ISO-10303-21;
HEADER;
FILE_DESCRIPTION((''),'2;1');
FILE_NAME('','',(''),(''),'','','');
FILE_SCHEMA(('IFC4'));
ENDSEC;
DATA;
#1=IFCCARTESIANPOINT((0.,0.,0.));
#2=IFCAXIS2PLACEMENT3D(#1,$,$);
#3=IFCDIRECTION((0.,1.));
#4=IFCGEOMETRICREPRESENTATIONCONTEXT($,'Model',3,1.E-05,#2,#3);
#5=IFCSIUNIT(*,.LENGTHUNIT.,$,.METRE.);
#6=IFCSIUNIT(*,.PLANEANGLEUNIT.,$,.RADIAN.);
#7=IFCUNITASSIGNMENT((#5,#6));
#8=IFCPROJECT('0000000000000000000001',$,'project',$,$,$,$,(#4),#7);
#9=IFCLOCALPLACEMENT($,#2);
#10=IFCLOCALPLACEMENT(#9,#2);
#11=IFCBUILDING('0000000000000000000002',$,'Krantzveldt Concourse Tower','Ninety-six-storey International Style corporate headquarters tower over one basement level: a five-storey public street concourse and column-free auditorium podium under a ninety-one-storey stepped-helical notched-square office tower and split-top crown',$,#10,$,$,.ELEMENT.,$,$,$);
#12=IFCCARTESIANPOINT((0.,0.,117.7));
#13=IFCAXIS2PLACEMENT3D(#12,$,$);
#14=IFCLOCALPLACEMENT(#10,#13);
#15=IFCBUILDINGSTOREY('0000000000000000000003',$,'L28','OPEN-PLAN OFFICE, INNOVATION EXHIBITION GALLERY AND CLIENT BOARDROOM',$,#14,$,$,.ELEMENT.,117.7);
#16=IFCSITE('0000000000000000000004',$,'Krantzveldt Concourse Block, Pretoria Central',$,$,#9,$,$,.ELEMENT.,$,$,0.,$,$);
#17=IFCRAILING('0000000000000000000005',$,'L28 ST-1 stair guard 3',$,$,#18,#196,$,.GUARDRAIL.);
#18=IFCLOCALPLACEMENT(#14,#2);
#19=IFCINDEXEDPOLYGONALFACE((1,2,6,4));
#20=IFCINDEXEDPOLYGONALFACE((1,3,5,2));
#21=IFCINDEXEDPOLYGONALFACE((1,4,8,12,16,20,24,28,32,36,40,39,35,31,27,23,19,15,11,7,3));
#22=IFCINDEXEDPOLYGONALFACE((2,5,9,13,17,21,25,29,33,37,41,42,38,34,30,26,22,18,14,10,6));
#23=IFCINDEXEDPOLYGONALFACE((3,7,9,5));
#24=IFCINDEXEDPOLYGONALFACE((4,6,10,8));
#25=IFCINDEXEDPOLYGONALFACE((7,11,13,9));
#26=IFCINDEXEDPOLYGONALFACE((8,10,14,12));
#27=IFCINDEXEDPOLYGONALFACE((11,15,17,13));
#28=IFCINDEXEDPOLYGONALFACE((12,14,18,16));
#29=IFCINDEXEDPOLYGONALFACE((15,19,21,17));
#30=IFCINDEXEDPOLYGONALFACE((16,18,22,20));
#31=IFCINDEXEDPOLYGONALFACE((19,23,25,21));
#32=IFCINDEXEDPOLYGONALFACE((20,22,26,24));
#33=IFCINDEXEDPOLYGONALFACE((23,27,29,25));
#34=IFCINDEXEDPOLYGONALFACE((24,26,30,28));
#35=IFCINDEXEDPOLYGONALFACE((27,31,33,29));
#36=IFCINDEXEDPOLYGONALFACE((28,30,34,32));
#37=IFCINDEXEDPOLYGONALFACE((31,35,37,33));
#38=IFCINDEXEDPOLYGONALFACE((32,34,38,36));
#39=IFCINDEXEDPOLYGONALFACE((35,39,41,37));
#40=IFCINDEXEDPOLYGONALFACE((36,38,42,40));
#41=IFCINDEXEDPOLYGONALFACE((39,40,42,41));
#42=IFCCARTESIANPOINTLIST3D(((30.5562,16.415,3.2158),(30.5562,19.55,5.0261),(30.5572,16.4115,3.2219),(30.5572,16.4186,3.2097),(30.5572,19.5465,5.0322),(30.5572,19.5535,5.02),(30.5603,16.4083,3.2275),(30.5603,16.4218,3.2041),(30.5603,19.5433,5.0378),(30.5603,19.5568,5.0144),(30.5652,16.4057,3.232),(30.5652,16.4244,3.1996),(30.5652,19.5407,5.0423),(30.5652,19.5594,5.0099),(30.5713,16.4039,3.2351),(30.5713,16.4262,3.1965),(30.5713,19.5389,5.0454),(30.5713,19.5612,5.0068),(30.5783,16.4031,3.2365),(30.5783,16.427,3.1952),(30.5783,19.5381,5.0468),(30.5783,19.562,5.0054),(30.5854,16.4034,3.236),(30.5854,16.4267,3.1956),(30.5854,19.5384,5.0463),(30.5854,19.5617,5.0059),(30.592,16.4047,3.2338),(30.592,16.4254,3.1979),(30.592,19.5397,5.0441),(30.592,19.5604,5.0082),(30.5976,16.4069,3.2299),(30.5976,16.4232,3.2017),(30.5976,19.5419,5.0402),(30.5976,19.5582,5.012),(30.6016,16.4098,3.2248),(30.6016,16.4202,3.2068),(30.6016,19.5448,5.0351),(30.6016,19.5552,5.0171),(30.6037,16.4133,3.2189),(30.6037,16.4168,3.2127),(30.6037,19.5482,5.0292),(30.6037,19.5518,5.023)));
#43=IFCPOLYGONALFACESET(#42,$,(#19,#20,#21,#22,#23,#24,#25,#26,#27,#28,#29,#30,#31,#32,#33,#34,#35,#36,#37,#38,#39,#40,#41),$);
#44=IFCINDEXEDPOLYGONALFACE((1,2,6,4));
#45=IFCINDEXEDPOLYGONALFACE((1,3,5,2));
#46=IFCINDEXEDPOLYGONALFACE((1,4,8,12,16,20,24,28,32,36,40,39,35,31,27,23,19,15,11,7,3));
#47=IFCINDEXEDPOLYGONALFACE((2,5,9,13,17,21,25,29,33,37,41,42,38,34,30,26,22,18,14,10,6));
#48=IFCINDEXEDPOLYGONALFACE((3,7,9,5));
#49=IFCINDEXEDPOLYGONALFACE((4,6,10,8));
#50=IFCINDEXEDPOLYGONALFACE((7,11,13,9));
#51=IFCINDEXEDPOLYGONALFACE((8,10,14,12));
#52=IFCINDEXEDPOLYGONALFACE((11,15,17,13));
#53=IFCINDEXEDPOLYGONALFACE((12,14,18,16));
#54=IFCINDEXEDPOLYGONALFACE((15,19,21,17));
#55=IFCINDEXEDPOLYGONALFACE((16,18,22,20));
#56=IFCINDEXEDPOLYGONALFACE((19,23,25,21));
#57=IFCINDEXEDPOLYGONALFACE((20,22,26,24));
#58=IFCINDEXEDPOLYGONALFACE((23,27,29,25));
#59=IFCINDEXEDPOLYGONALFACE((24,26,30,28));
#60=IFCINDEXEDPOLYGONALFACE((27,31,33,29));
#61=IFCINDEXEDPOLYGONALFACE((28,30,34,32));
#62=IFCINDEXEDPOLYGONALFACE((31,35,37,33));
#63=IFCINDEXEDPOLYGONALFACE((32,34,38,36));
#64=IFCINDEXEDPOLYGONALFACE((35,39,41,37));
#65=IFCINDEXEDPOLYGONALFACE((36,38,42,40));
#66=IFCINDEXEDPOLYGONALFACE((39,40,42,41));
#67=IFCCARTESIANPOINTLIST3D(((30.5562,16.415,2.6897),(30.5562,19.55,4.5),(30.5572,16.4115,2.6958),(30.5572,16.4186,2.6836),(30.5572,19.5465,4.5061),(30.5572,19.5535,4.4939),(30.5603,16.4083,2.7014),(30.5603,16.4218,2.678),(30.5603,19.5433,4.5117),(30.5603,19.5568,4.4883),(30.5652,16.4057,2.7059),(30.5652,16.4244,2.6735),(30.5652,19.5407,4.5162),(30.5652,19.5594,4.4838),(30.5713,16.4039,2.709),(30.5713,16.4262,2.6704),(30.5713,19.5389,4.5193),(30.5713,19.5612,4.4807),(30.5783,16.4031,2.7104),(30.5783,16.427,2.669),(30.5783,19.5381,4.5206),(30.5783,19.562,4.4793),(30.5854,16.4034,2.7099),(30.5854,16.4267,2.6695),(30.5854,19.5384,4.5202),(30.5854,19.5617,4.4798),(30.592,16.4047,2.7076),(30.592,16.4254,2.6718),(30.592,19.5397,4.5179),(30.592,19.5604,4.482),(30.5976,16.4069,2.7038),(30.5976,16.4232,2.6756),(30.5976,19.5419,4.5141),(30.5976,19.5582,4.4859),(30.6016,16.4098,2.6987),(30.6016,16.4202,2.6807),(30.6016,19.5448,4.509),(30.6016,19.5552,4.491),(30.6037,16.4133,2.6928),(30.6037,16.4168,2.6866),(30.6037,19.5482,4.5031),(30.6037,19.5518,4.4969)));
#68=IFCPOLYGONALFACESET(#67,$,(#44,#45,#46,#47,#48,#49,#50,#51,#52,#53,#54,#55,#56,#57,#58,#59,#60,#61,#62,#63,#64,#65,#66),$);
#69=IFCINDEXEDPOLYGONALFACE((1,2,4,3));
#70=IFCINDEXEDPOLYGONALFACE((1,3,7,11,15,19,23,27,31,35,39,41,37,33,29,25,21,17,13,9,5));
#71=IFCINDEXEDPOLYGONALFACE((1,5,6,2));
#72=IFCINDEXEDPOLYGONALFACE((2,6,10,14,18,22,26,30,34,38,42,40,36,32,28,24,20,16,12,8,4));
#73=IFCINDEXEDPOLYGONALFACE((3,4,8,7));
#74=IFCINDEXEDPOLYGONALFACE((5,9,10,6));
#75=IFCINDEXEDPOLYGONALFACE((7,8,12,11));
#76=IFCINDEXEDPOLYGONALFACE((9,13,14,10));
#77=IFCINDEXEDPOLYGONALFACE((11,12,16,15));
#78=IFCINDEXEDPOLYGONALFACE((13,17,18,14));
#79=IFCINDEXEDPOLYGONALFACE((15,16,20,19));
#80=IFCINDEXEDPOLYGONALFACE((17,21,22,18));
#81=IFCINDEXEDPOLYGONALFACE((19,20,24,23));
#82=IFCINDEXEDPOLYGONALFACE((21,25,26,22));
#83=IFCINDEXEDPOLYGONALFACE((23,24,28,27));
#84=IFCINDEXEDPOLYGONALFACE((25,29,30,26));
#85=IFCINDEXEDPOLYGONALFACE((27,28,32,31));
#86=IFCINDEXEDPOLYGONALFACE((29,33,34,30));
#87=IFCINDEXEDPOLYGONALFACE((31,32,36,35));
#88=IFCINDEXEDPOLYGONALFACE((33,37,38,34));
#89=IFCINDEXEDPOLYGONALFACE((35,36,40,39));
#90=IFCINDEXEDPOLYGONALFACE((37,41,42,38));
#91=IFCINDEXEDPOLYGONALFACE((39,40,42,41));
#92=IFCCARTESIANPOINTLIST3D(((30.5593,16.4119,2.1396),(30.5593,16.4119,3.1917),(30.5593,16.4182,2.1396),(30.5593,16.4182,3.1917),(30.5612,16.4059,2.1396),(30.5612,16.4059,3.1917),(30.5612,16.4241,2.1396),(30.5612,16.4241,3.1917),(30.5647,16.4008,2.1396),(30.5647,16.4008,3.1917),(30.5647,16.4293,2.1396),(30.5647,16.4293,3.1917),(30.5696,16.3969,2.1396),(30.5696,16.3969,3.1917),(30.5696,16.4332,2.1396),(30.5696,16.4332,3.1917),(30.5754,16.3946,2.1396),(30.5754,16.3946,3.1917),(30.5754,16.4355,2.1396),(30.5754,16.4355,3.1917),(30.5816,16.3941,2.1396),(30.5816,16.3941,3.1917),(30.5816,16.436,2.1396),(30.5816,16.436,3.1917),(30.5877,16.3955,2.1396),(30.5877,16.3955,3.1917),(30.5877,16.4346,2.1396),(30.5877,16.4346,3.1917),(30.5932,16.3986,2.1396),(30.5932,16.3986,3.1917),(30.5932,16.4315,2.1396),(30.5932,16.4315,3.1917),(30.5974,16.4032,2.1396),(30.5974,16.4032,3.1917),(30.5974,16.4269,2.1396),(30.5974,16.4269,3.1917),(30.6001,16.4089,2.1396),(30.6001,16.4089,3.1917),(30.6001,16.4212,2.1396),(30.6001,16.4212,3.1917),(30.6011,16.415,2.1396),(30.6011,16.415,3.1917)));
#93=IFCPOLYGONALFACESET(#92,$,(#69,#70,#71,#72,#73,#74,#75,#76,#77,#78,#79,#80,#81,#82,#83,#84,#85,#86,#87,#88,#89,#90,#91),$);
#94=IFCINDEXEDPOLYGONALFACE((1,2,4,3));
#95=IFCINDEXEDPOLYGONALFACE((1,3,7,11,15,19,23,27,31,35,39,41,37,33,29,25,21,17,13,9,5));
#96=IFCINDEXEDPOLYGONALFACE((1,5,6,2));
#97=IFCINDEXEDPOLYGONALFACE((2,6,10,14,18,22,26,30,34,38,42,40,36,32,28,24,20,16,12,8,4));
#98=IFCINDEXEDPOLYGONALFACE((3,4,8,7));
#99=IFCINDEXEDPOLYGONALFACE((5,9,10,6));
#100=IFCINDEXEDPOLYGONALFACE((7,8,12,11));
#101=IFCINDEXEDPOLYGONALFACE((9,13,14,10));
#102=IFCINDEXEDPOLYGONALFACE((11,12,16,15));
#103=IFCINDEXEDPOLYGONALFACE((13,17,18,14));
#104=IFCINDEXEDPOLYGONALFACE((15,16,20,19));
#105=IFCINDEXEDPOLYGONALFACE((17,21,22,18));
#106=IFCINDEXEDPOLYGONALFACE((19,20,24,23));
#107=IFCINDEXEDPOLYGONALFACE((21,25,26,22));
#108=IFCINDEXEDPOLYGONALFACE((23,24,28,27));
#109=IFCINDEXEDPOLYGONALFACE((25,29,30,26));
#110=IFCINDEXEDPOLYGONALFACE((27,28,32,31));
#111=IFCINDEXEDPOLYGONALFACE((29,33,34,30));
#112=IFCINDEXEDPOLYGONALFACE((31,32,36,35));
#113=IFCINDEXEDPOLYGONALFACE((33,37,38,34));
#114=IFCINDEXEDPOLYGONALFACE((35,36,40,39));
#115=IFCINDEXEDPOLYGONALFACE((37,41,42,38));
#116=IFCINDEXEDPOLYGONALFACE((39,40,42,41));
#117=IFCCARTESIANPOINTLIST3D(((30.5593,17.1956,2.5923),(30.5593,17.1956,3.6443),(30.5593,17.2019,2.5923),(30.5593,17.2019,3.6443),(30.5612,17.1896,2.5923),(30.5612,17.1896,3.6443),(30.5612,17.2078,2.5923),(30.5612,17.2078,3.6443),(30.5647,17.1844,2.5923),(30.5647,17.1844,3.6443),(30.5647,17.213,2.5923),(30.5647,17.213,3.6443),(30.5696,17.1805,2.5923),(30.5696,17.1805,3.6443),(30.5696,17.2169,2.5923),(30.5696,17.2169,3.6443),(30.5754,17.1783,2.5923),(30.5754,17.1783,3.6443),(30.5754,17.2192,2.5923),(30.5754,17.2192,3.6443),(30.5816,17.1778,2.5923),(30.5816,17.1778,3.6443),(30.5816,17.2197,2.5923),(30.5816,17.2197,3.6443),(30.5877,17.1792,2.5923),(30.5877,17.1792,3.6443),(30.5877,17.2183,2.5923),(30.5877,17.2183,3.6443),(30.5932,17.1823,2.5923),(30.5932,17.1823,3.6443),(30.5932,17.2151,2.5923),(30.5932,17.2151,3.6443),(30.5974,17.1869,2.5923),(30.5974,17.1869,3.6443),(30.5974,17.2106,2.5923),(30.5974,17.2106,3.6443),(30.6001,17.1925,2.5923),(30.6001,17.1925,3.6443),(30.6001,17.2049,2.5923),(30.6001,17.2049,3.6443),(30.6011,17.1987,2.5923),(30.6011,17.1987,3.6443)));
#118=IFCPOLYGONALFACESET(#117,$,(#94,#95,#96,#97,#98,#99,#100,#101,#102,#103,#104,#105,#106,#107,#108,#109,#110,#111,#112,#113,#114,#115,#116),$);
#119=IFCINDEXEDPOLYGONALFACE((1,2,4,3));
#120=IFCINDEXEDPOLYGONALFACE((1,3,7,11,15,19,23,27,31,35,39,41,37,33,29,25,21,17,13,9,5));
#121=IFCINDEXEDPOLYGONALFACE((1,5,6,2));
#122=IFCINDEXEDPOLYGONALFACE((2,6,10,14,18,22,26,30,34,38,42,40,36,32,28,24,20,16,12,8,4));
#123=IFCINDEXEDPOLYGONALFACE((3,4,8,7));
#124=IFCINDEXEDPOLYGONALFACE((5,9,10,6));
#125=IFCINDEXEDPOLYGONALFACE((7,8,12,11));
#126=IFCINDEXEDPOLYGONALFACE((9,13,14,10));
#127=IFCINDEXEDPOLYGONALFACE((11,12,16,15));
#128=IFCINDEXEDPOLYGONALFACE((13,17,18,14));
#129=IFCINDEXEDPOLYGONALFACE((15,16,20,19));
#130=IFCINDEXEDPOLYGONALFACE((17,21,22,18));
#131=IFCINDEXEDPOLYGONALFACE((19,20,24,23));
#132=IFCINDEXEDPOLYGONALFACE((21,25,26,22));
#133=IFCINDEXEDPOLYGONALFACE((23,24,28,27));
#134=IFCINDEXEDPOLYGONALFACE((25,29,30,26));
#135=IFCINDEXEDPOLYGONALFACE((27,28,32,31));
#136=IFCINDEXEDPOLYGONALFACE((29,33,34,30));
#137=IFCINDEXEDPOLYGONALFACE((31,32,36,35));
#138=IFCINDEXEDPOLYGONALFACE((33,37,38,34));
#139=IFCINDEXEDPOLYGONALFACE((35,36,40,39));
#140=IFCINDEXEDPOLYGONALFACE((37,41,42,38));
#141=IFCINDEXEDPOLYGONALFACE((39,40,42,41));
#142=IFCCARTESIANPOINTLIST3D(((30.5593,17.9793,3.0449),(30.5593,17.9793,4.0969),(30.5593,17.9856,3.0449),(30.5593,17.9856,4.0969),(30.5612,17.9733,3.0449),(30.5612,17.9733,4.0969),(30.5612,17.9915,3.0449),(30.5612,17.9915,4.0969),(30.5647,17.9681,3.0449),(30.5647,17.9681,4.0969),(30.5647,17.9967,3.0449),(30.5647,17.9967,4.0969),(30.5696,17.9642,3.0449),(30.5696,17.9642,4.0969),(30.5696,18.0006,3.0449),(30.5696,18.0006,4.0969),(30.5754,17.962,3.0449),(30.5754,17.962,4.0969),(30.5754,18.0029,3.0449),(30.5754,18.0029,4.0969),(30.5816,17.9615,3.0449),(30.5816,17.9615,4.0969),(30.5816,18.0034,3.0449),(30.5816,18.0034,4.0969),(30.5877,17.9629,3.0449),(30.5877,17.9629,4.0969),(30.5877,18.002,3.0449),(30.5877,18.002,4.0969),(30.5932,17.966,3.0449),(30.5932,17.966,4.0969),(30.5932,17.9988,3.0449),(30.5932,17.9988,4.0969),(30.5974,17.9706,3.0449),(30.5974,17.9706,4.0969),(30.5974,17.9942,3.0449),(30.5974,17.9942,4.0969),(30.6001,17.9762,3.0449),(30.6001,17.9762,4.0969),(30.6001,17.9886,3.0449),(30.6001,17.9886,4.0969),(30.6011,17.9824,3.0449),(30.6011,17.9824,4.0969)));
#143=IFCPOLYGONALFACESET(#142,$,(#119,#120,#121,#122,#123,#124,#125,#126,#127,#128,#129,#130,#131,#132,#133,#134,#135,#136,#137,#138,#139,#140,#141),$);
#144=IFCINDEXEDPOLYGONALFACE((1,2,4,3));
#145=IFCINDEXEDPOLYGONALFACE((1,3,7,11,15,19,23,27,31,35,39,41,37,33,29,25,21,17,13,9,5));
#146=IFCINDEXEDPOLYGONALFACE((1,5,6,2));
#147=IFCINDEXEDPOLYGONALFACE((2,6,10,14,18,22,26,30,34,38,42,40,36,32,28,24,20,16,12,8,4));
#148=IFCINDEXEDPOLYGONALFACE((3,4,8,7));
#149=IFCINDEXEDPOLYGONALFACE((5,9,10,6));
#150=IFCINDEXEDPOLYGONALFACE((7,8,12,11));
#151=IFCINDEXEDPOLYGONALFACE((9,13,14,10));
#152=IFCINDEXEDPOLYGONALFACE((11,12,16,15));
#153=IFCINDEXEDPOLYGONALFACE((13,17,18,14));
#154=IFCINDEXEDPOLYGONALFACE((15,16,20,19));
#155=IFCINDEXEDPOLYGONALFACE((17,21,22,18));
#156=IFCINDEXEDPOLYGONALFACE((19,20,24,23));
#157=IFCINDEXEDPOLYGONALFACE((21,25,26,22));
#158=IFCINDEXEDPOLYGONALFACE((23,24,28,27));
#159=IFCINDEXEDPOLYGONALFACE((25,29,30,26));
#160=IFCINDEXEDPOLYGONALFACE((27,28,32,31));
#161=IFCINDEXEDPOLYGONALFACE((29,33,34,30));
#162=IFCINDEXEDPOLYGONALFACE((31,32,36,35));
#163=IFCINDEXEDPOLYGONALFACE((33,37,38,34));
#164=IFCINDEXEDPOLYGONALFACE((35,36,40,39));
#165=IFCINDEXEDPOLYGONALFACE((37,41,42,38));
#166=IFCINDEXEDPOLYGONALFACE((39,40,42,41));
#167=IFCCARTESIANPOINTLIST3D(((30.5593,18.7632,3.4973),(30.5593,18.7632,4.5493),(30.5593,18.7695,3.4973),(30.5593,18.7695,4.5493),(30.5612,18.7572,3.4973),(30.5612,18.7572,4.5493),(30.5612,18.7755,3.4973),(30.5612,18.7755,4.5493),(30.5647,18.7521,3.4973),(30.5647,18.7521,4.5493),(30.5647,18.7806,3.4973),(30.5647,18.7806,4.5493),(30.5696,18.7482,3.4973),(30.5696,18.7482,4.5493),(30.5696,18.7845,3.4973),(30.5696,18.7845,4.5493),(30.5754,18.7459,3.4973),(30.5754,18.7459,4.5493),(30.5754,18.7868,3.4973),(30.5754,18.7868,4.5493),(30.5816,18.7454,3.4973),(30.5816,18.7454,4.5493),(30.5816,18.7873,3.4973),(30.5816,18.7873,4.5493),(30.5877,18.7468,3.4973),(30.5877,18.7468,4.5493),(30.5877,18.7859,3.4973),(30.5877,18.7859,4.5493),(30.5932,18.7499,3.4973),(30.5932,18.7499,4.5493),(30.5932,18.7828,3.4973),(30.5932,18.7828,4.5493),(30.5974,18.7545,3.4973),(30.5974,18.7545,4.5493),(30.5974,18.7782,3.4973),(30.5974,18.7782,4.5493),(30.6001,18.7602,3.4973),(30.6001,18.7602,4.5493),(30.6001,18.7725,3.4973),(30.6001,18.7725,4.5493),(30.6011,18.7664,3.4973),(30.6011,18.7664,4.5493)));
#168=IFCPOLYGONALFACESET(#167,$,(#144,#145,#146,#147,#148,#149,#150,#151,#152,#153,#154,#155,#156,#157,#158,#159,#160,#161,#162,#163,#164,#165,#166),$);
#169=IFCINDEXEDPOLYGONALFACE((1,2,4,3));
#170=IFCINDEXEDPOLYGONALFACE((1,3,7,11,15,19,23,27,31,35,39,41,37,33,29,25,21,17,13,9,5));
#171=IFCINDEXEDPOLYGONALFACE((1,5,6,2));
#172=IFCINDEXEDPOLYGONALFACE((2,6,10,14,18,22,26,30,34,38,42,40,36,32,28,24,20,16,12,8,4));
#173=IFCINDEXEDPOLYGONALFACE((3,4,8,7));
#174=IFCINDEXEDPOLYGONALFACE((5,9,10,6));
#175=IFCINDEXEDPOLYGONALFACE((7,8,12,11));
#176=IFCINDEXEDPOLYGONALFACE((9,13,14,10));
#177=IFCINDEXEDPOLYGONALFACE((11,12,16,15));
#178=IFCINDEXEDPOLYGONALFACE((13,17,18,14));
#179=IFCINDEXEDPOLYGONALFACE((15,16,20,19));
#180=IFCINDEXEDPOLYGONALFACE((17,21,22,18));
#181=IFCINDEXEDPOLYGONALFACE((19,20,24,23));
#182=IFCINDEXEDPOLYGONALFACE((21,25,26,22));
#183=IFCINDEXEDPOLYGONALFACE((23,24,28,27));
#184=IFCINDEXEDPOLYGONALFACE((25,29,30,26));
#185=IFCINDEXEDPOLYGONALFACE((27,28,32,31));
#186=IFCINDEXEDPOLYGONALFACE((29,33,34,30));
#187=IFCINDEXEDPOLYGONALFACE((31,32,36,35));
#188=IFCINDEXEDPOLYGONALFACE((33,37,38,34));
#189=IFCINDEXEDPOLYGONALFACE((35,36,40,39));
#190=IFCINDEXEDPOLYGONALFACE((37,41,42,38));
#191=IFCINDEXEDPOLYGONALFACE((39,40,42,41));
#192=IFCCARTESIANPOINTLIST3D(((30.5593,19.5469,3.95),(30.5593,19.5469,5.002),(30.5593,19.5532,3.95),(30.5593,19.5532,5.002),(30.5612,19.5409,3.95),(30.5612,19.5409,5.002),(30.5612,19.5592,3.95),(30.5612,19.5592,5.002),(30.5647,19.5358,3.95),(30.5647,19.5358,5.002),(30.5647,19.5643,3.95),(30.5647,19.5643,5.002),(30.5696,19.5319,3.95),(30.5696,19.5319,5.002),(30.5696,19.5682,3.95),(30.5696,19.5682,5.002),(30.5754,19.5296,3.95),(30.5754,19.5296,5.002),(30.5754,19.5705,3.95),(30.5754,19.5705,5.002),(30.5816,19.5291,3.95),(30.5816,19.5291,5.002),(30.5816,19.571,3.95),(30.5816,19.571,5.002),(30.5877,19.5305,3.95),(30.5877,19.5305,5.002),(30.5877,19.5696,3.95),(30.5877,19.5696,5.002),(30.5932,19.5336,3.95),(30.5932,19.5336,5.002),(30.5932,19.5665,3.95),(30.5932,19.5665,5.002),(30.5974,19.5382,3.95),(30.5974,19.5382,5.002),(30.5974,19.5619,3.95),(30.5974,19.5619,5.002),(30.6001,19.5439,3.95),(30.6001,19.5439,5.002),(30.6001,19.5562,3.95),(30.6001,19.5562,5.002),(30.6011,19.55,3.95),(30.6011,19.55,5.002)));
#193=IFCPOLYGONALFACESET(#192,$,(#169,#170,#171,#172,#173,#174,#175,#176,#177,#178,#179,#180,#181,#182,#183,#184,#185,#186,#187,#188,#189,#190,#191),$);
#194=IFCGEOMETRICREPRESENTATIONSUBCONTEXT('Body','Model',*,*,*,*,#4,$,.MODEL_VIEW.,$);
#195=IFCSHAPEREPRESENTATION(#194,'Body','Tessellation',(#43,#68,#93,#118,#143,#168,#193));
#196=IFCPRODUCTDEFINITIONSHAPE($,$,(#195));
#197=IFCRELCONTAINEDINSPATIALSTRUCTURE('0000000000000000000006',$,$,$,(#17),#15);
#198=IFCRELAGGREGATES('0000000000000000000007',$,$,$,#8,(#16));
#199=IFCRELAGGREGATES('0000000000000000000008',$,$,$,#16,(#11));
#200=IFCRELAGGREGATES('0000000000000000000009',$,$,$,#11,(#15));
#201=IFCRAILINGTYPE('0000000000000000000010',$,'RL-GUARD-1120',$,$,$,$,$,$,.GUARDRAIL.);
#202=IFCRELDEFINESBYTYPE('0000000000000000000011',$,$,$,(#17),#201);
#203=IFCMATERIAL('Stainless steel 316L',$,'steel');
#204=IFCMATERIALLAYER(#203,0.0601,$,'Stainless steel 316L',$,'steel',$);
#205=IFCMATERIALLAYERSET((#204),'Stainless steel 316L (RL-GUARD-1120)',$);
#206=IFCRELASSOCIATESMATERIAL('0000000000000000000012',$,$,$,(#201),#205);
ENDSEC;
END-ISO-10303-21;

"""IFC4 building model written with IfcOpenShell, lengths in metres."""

from ifc_helpers import new_model, si_unit, direction, frame, origin, origin_2d, place, context, subcontext, project, spatial, circle, extrude, material, layer, layer_set, type_object, element, save


model = new_model("IFC4")

# Units and contexts
model_context = context("Model", 3, precision=1e-05, world=origin(), true_north=direction((0.0, 1.0)))
body_context = subcontext(model_context, "Body", "Model", "MODEL_VIEW")
ifc_project = project(units=[si_unit("LENGTHUNIT", "METRE"), si_unit("PLANEANGLEUNIT", "RADIAN")], contexts=[model_context])

# Site, building, storey
site_placement = place(None, origin())
site = spatial("IfcSite", under=ifc_project, at=site_placement, Name="Krantzveldt Concourse Block, Pretoria Central", CompositionType="ELEMENT", RefElevation=0.0)
building_placement = place(site_placement, origin())
building = spatial("IfcBuilding", under=site, at=building_placement, Name="Krantzveldt Concourse Tower", Description="Ninety-six-storey International Style corporate headquarters tower over one basement level: a five-storey public street concourse and column-free auditorium podium under a ninety-one-storey stepped-helical notched-square office tower and split-top crown", CompositionType="ELEMENT")
storey_placement = place(building_placement, frame((0.0, 0.0, 117.7)))
storey = spatial("IfcBuildingStorey", under=building, at=storey_placement, Name="L28", Description="OPEN-PLAN OFFICE, INNOVATION EXHIBITION GALLERY AND CLIENT BOARDROOM", CompositionType="ELEMENT", Elevation=117.7)

# Shared definitions
ifc_material_1 = material(Name="Stainless steel 316L", Category="steel")

# Railing
ifc_layer_1 = layer(ifc_material_1, 0.0601, Name="Stainless steel 316L", Category="steel")
ifc_layer_set_1 = layer_set([ifc_layer_1], Name="Stainless steel 316L (RL-GUARD-1120)")
railing_type_1 = type_object("IfcRailingType", Name="RL-GUARD-1120", PredefinedType="GUARDRAIL", material=ifc_layer_set_1)
railing_1_placement = place(storey_placement, frame((30.5801, 16.415, 2.1396)))
element("IfcRailing", 1, at=railing_1_placement, inside=storey, type_object=railing_type_1, Name="L28 ST-1 stair guard 3", PredefinedType="GUARDRAIL", context=body_context, shape_type="SweptSolid", body=[
    extrude(circle(Radius=0.0239, at=origin_2d()), frame((0.0, 0.0, 1.0762), z_axis=(0.0, 0.865989, 0.500063), x_axis=(-1.0, 0.0, 0.0)), (0.0, 0.0, 1.0), 3.6201),
    extrude(circle(Radius=0.0239, at=origin_2d()), frame((0.0, 0.0, 0.55), z_axis=(0.0, 0.865989, 0.500063), x_axis=(-1.0, 0.0, 0.0)), (0.0, 0.0, 1.0), 3.6201),
    extrude(circle(Radius=0.021, at=origin_2d()), origin(), (0.0, 0.0, 1.0), 1.052),
    extrude(circle(Radius=0.021, at=origin_2d()), frame((0.0, 0.7837, 0.4526)), (0.0, 0.0, 1.0), 1.052),
    extrude(circle(Radius=0.021, at=origin_2d()), frame((0.0, 1.5674, 0.9053)), (0.0, 0.0, 1.0), 1.052),
    extrude(circle(Radius=0.021, at=origin_2d()), frame((0.0, 2.3513, 1.3577)), (0.0, 0.0, 1.0), 1.052),
    extrude(circle(Radius=0.021, at=origin_2d()), frame((0.0, 3.135, 1.8103)), (0.0, 0.0, 1.0), 1.052),
])

save(model, "model.ifc")
